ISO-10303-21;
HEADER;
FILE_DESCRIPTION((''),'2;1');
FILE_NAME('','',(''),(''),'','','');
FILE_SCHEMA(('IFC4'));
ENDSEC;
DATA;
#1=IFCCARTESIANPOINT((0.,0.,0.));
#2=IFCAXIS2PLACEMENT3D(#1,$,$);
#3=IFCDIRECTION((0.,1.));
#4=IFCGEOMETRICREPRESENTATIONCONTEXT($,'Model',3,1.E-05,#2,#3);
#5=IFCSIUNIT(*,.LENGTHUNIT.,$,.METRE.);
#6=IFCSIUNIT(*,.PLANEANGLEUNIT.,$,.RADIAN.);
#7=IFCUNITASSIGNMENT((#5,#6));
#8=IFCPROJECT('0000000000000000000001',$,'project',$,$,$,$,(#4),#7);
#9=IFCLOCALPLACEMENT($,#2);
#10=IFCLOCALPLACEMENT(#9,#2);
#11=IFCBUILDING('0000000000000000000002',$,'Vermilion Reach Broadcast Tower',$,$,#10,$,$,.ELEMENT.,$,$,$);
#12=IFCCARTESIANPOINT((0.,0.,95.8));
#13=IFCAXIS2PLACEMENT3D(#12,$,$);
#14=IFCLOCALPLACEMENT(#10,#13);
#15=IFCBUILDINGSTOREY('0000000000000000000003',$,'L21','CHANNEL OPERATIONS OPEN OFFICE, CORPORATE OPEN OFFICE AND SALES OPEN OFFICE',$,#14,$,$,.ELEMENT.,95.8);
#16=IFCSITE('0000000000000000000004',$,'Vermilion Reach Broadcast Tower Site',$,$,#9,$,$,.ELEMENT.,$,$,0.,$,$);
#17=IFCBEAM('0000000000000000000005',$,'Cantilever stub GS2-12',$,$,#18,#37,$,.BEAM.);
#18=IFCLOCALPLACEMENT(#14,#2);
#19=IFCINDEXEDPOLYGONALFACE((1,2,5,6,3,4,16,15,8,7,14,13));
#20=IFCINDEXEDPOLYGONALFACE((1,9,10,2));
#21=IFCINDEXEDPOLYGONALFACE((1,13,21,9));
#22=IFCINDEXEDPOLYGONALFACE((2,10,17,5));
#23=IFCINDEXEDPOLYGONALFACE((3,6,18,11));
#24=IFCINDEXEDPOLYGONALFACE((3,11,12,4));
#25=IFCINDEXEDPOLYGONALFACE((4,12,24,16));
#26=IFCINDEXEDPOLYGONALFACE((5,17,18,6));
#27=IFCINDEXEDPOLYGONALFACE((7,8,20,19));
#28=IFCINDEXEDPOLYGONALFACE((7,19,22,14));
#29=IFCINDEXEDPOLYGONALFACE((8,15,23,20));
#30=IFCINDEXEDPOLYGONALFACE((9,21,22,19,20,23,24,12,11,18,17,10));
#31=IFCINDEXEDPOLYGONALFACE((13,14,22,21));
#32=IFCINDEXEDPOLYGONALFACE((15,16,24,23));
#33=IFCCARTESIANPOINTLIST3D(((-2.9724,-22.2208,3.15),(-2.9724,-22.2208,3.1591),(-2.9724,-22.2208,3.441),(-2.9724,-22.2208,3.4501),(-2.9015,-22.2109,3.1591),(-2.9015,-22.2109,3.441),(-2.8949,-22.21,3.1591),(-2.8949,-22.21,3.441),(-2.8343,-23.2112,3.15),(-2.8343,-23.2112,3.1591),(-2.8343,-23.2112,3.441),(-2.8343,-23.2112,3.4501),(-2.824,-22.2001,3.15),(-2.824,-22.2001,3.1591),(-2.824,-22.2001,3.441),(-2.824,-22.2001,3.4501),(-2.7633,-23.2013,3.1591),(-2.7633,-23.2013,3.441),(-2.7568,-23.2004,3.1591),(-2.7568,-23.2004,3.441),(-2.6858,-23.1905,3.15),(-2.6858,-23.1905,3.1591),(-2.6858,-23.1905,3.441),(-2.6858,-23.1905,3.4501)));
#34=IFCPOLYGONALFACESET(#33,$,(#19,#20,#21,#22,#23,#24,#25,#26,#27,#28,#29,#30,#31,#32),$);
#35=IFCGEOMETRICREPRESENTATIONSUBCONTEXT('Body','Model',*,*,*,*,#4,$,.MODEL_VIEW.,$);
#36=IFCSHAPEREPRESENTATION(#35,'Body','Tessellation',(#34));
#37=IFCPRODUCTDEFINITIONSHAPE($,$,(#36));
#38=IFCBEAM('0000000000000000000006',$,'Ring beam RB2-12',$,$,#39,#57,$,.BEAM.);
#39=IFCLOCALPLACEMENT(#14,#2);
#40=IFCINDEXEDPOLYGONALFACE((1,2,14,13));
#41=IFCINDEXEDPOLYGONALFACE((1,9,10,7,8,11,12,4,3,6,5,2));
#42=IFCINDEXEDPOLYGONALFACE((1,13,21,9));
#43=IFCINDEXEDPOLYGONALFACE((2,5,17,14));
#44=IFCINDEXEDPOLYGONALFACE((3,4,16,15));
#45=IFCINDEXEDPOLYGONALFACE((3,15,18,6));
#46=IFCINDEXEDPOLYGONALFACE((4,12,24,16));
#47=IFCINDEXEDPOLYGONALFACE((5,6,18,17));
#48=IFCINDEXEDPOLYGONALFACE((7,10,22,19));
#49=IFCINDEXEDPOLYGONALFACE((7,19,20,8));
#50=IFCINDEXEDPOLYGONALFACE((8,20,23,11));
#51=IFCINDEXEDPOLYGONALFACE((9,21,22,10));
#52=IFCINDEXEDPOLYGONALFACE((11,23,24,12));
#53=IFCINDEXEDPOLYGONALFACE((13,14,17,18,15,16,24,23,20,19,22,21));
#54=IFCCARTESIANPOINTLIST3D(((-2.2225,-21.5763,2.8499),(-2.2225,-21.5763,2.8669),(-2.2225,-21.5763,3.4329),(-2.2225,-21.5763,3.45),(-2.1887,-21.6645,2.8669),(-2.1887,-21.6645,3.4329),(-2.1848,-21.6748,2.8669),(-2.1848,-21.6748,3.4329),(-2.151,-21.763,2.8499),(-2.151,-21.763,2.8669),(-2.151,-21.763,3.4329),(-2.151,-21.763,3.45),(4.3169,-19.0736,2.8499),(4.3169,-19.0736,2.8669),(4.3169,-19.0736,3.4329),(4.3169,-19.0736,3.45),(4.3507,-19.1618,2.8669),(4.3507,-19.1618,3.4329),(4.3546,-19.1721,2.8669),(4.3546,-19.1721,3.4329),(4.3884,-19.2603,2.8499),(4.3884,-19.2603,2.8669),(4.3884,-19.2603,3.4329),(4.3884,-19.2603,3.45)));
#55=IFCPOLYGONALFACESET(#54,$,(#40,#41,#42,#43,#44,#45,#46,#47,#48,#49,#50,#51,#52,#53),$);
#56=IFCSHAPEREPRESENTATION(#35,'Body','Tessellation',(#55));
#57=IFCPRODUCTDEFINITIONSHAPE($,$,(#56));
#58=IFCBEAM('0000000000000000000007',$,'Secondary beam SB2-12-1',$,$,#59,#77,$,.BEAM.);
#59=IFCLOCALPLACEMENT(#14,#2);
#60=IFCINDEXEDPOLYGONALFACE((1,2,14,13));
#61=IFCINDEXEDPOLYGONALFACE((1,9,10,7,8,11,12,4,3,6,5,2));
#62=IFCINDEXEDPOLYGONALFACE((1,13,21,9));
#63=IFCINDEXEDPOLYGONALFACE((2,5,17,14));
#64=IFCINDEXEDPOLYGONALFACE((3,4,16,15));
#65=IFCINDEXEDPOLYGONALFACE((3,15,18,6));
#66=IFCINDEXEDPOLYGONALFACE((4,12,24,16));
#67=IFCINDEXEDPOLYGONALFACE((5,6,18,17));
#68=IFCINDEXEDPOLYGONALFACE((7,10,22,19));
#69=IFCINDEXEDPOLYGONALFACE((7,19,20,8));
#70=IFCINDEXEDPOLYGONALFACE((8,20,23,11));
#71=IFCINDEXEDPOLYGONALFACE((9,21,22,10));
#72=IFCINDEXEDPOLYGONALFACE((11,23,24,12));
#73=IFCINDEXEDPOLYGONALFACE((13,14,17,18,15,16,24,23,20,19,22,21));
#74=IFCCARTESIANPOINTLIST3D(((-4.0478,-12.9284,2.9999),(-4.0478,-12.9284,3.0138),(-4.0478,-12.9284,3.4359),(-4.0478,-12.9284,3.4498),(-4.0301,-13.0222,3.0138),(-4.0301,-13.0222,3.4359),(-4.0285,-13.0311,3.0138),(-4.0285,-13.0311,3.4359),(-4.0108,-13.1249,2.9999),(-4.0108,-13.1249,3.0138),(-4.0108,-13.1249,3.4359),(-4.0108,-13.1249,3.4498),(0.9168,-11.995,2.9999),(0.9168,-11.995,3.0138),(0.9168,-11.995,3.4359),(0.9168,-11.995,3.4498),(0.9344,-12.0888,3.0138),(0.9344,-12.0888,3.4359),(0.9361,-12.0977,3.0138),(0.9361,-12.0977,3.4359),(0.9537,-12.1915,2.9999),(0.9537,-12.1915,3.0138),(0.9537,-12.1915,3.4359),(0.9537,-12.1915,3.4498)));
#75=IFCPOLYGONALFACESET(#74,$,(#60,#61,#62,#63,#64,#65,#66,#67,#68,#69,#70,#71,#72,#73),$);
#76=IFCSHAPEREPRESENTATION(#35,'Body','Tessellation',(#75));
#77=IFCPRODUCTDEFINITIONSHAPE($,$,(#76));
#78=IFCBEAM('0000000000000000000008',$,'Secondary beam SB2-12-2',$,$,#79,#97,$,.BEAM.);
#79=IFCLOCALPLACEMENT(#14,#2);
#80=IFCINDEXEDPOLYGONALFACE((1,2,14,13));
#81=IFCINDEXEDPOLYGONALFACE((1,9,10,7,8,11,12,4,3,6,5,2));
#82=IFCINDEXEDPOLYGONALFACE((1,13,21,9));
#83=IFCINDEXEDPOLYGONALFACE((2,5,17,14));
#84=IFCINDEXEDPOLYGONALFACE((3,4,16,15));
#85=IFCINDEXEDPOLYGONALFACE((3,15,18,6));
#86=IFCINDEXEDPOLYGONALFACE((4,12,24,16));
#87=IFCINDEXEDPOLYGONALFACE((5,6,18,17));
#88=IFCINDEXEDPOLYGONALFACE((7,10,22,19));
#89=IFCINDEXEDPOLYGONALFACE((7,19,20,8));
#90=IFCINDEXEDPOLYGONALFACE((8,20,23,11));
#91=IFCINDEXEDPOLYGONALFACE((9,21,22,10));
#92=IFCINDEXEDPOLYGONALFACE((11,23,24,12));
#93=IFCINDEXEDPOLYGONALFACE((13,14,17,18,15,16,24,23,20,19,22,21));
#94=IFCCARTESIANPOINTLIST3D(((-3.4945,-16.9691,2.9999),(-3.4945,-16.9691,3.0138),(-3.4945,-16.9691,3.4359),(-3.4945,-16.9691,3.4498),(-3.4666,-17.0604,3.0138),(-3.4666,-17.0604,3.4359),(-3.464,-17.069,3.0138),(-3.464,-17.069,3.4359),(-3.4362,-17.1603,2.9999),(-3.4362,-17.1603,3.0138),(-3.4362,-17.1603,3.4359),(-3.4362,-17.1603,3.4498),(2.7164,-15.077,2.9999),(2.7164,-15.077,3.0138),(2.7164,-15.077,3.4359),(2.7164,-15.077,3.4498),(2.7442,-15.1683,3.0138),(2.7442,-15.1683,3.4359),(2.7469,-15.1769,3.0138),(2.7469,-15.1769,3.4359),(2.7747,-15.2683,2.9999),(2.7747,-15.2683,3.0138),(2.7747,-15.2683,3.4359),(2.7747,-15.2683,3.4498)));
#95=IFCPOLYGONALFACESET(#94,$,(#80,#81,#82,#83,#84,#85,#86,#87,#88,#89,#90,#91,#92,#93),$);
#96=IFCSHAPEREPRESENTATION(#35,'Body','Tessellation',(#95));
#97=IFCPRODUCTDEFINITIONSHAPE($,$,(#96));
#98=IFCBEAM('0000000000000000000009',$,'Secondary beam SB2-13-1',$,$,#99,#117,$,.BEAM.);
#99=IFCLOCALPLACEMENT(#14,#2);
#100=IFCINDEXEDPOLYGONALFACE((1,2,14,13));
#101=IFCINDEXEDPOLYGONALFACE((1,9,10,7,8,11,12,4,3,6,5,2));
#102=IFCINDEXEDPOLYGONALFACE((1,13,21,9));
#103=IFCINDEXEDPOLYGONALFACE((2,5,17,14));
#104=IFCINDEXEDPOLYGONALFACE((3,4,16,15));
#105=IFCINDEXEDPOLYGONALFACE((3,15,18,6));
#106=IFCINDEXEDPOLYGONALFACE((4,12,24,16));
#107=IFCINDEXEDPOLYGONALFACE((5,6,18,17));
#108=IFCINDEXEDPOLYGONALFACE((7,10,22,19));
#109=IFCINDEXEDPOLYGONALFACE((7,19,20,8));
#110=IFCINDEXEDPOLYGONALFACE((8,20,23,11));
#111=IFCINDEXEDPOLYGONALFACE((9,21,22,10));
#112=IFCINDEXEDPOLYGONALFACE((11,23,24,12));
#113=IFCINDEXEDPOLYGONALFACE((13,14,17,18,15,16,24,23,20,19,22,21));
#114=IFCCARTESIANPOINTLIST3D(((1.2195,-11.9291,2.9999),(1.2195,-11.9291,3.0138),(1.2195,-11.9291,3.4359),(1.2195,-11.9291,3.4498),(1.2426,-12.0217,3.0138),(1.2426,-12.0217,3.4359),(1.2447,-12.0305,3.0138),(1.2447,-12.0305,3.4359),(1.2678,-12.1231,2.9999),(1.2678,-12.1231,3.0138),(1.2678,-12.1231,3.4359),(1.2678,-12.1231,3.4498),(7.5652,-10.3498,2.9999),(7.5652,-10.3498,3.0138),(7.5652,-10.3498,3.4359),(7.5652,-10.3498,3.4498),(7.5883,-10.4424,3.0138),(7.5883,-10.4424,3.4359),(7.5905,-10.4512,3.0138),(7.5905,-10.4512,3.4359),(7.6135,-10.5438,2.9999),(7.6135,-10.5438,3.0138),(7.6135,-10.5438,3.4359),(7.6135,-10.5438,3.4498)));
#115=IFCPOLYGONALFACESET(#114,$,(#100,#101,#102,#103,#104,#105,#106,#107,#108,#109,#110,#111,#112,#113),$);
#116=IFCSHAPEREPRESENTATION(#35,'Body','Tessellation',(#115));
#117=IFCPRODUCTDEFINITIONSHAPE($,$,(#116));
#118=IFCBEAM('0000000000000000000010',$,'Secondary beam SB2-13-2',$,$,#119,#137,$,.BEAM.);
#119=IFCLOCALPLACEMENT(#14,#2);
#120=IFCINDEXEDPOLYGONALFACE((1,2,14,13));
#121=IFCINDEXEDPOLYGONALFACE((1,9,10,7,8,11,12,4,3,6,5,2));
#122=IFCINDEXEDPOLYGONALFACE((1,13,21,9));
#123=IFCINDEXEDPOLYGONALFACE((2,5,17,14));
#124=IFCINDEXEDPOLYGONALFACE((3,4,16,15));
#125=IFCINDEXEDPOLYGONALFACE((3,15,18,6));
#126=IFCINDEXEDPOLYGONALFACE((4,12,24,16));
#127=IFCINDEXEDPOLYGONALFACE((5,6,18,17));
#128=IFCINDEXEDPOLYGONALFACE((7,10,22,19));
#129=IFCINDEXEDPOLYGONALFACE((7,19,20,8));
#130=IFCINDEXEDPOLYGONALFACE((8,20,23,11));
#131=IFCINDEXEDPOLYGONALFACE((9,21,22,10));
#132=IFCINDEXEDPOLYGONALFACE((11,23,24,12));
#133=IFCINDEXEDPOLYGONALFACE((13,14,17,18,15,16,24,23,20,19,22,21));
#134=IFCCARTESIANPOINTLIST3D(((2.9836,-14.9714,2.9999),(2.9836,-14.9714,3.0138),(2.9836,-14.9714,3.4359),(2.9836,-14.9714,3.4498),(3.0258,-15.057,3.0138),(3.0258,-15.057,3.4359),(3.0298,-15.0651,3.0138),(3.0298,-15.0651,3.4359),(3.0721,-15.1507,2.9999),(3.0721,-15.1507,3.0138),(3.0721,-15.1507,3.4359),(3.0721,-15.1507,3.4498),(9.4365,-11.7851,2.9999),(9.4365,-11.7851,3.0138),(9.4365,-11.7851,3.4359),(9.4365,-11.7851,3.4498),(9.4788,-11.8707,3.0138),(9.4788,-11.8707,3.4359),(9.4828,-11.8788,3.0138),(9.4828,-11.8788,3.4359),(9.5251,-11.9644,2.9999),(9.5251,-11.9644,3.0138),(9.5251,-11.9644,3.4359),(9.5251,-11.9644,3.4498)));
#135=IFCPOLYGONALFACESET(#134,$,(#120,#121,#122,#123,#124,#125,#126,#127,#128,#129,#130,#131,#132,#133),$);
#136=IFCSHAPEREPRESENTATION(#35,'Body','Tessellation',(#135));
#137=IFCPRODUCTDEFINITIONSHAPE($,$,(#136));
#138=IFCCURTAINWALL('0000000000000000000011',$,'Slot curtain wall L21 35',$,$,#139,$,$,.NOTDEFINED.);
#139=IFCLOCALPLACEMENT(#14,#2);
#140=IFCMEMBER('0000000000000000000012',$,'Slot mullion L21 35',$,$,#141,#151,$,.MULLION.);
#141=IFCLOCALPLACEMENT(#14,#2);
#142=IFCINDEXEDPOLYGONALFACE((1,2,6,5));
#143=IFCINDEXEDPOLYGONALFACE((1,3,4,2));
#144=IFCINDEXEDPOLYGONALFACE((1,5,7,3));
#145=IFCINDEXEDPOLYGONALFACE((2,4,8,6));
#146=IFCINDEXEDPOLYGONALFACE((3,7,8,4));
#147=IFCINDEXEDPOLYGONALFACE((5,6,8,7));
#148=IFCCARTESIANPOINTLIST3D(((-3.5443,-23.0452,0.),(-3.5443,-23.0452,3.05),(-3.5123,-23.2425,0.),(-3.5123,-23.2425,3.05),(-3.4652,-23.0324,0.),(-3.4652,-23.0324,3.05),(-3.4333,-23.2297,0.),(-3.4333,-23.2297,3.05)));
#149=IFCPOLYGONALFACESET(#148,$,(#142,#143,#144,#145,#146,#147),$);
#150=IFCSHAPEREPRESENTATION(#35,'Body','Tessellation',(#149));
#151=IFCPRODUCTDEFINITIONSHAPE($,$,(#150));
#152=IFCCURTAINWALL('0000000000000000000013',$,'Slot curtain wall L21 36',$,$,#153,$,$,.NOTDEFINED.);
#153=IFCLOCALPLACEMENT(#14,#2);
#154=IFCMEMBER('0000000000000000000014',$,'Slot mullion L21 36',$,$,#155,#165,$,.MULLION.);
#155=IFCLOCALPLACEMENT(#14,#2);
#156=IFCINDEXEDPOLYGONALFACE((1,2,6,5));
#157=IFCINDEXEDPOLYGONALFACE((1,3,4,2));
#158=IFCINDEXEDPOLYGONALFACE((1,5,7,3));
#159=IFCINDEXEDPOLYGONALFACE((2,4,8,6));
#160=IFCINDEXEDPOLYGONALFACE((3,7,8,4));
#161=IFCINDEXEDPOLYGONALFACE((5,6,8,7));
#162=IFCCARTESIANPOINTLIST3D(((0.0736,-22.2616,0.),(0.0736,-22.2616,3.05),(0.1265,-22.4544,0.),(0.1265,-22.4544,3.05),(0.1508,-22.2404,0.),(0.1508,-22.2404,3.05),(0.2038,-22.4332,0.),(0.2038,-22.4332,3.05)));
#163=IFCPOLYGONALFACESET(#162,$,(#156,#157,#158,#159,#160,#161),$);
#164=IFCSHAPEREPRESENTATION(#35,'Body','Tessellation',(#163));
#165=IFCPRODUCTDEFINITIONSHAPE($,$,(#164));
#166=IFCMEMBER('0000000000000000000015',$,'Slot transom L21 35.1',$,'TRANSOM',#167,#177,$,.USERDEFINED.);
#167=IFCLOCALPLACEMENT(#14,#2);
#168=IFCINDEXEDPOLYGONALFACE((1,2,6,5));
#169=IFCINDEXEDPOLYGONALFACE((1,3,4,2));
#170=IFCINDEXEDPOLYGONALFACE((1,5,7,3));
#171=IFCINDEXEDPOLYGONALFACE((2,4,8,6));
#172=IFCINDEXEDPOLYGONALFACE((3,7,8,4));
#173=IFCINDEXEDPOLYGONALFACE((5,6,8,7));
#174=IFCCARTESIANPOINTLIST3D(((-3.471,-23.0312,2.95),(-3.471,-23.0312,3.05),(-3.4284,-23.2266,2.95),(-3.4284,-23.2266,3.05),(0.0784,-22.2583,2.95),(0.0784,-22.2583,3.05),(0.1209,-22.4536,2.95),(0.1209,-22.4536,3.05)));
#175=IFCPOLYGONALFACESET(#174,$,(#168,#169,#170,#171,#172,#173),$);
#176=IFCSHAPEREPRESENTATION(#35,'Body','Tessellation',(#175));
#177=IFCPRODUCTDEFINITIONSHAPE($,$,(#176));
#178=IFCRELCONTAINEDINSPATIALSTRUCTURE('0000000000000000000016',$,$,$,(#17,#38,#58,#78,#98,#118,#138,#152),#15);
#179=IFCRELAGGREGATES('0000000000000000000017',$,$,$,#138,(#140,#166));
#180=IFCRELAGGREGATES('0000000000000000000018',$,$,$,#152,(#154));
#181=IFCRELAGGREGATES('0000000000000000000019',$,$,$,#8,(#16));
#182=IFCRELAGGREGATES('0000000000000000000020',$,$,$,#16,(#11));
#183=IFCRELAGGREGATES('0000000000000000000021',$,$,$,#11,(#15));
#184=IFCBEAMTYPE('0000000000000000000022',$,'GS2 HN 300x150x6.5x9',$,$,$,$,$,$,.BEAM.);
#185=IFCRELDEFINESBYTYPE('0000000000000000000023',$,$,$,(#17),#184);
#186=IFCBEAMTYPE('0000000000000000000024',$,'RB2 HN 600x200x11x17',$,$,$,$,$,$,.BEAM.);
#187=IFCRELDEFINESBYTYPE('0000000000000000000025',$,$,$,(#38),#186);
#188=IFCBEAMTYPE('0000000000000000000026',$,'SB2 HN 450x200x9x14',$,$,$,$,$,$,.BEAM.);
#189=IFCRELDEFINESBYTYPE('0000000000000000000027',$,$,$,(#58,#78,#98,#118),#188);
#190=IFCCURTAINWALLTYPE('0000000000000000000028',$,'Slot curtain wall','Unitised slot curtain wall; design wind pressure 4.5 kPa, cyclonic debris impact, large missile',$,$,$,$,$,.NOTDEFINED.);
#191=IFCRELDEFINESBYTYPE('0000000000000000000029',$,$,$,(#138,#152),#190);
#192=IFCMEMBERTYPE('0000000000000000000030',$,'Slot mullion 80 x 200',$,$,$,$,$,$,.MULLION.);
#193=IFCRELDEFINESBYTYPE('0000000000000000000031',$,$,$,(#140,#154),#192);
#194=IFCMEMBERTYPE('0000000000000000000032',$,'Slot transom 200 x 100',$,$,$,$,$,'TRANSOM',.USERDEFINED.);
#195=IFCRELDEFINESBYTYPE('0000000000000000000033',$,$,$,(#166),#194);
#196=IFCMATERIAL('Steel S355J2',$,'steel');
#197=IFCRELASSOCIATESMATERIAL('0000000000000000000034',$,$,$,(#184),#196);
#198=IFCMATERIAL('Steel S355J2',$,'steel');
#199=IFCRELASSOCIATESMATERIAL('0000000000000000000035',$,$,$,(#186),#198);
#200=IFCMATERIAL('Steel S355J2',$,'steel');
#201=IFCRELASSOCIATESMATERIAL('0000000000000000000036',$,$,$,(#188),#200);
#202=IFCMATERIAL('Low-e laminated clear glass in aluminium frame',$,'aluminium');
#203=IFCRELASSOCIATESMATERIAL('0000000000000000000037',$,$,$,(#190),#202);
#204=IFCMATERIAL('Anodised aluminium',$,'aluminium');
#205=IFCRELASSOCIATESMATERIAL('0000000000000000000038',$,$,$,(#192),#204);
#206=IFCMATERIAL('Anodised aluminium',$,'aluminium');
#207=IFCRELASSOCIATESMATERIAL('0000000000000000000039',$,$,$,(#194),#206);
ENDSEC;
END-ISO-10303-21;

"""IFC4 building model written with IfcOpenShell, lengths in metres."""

from ifc_helpers import new_model, si_unit, direction, frame, origin, origin_2d, place, context, subcontext, project, spatial, rectangle, i_section, extrude, material, material_profile, profile_set, type_object, element, aggregate, save


model = new_model("IFC4")

# Units and contexts
model_context = context("Model", 3, precision=1e-05, world=origin(), true_north=direction((0.0, 1.0)))
body_context = subcontext(model_context, "Body", "Model", "MODEL_VIEW")
ifc_project = project(units=[si_unit("LENGTHUNIT", "METRE"), si_unit("PLANEANGLEUNIT", "RADIAN")], contexts=[model_context])

# Site, building, storey
site_placement = place(None, origin())
site = spatial("IfcSite", under=ifc_project, at=site_placement, Name="Vermilion Reach Broadcast Tower Site", CompositionType="ELEMENT", RefElevation=0.0)
building_placement = place(site_placement, origin())
building = spatial("IfcBuilding", under=site, at=building_placement, Name="Vermilion Reach Broadcast Tower", CompositionType="ELEMENT")
storey_placement = place(building_placement, frame((0.0, 0.0, 95.8)))
storey = spatial("IfcBuildingStorey", under=building, at=storey_placement, Name="L21", Description="CHANNEL OPERATIONS OPEN OFFICE, CORPORATE OPEN OFFICE AND SALES OPEN OFFICE", CompositionType="ELEMENT", Elevation=95.8)

# Beams
ifc_material_1 = material(Name="Steel S355J2", Category="steel")
ifc_material_profile_1 = material_profile(ifc_material_1, i_section(OverallWidth=0.1499, OverallDepth=0.3, WebThickness=0.0066, FlangeThickness=0.009, at=origin_2d()), Name="S355J2 HN 300x150x6.5x9")
ifc_profile_set_1 = profile_set([ifc_material_profile_1], Name="Steel S355J2")
beam_type_1 = type_object("IfcBeamType", Name="GS2 HN 300x150x6.5x9", PredefinedType="BEAM", material=ifc_profile_set_1)
beam_1_placement = place(storey_placement, frame((-2.8982, -22.2104, 3.3), z_axis=(0.138174, -0.990408, 0.0), x_axis=(0.990408, 0.138174, 0.0)))
element("IfcBeam", 1, at=beam_1_placement, inside=storey, type_object=beam_type_1, Name="Cantilever stub GS2-12", PredefinedType="BEAM", context=body_context, shape_type="SweptSolid", body=[
    extrude(i_section(OverallWidth=0.1499, OverallDepth=0.3, WebThickness=0.0066, FlangeThickness=0.009, at=origin_2d()), origin(), (0.0, 0.0, 1.0), 1.0),
])
ifc_material_2 = material(Name="Steel S355J2", Category="steel")
ifc_material_profile_2 = material_profile(ifc_material_2, i_section(OverallWidth=0.2, OverallDepth=0.6001, WebThickness=0.011, FlangeThickness=0.0171, at=origin_2d()), Name="S355J2 HN 600x200x11x17")
ifc_profile_set_2 = profile_set([ifc_material_profile_2], Name="Steel S355J2")
beam_type_2 = type_object("IfcBeamType", Name="RB2 HN 600x200x11x17", PredefinedType="BEAM", material=ifc_profile_set_2)
beam_2_placement = place(storey_placement, frame((-2.1868, -21.6697, 3.1499), z_axis=(0.933939, 0.357432, 0.0), x_axis=(-0.357432, 0.933939, 0.0)))
element("IfcBeam", 2, at=beam_2_placement, inside=storey, type_object=beam_type_2, Name="Ring beam RB2-12", PredefinedType="BEAM", context=body_context, shape_type="SweptSolid", body=[
    extrude(i_section(OverallWidth=0.2, OverallDepth=0.6001, WebThickness=0.011, FlangeThickness=0.0171, at=origin_2d()), origin(), (0.0, 0.0, 1.0), 7.002),
])
ifc_material_3 = material(Name="Steel S355J2", Category="steel")
ifc_material_profile_3 = material_profile(ifc_material_3, i_section(OverallWidth=0.2, OverallDepth=0.45, WebThickness=0.009, FlangeThickness=0.0139, at=origin_2d()), Name="S355J2 HN 450x200x9x14")
ifc_profile_set_3 = profile_set([ifc_material_profile_3], Name="Steel S355J2")
beam_type_3 = type_object("IfcBeamType", Name="SB2 HN 450x200x9x14", PredefinedType="BEAM", material=ifc_profile_set_3)
beam_3_placement = place(storey_placement, frame((-4.0293, -13.0266, 3.2249), z_axis=(0.982783, 0.184764, 0.0), x_axis=(-0.184764, 0.982783, 0.0)))
element("IfcBeam", 3, at=beam_3_placement, inside=storey, type_object=beam_type_3, Name="Secondary beam SB2-12-1", PredefinedType="BEAM", context=body_context, shape_type="SweptSolid", body=[
    extrude(i_section(OverallWidth=0.2, OverallDepth=0.45, WebThickness=0.009, FlangeThickness=0.0139, at=origin_2d()), origin(), (0.0, 0.0, 1.0), 5.0515),
])
beam_4_placement = place(storey_placement, frame((-3.4653, -17.0647, 3.2249), z_axis=(0.956596, 0.291416, 0.0), x_axis=(-0.291416, 0.956596, 0.0)))
element("IfcBeam", 4, at=beam_4_placement, inside=storey, type_object=beam_type_3, Name="Secondary beam SB2-12-2", PredefinedType="BEAM", context=body_context, shape_type="SweptSolid", body=[
    extrude(i_section(OverallWidth=0.2, OverallDepth=0.45, WebThickness=0.009, FlangeThickness=0.0139, at=origin_2d()), origin(), (0.0, 0.0, 1.0), 6.4927),
])
beam_5_placement = place(storey_placement, frame((1.2437, -12.0261, 3.2249), z_axis=(0.970397, 0.241516, 0.0), x_axis=(-0.241516, 0.970397, 0.0)))
element("IfcBeam", 5, at=beam_5_placement, inside=storey, type_object=beam_type_3, Name="Secondary beam SB2-13-1", PredefinedType="BEAM", context=body_context, shape_type="SweptSolid", body=[
    extrude(i_section(OverallWidth=0.2, OverallDepth=0.45, WebThickness=0.009, FlangeThickness=0.0139, at=origin_2d()), origin(), (0.0, 0.0, 1.0), 6.5393),
])
beam_6_placement = place(storey_placement, frame((3.0278, -15.061, 3.2249), z_axis=(0.896648, 0.442744, 0.0), x_axis=(-0.442744, 0.896648, 0.0)))
element("IfcBeam", 6, at=beam_6_placement, inside=storey, type_object=beam_type_3, Name="Secondary beam SB2-13-2", PredefinedType="BEAM", context=body_context, shape_type="SweptSolid", body=[
    extrude(i_section(OverallWidth=0.2, OverallDepth=0.45, WebThickness=0.009, FlangeThickness=0.0139, at=origin_2d()), origin(), (0.0, 0.0, 1.0), 7.1968),
])

# Curtain walls, members
ifc_material_4 = material(Name="Low-e laminated clear glass in aluminium frame", Category="aluminium")
curtain_wall_type = type_object("IfcCurtainWallType", Name="Slot curtain wall", Description="Unitised slot curtain wall; design wind pressure 4.5 kPa, cyclonic debris impact, large missile", PredefinedType="NOTDEFINED", material=ifc_material_4)
placement = place(storey_placement, origin())
curtain_wall_1 = element("IfcCurtainWall", 7, at=placement, inside=storey, type_object=curtain_wall_type, Name="Slot curtain wall L21 35", PredefinedType="NOTDEFINED")
ifc_material_5 = material(Name="Anodised aluminium", Category="aluminium")
ifc_material_profile_4 = material_profile(ifc_material_5, rectangle(XDim=0.2, YDim=0.0801, at=origin_2d()), Name="Slot mullion 80 x 200")
ifc_profile_set_4 = profile_set([ifc_material_profile_4], Name="Anodised aluminium")
member_type_1 = type_object("IfcMemberType", Name="Slot mullion 80 x 200", PredefinedType="MULLION", material=ifc_profile_set_4)
member_1_placement = place(storey_placement, frame((-3.4888, -23.1375, 0.0), z_axis=(0.0, 0.0, 1.0), x_axis=(-0.159779, 0.987153, 0.0)))
member_1 = element("IfcMember", 8, at=member_1_placement, type_object=member_type_1, Name="Slot mullion L21 35", PredefinedType="MULLION", context=body_context, shape_type="SweptSolid", body=[
    extrude(rectangle(XDim=0.2, YDim=0.0801, at=origin_2d()), origin(), (0.0, 0.0, 1.0), 3.05),
])
curtain_wall_2 = element("IfcCurtainWall", 9, at=placement, inside=storey, type_object=curtain_wall_type, Name="Slot curtain wall L21 36", PredefinedType="NOTDEFINED")
member_2_placement = place(storey_placement, frame((0.1387, -22.3474, 0.0), z_axis=(0.0, 0.0, 1.0), x_axis=(-0.264883, 0.964281, 0.0)))
member_2 = element("IfcMember", 10, at=member_2_placement, type_object=member_type_1, Name="Slot mullion L21 36", PredefinedType="MULLION", context=body_context, shape_type="SweptSolid", body=[
    extrude(rectangle(XDim=0.2, YDim=0.0801, at=origin_2d()), origin(), (0.0, 0.0, 1.0), 3.05),
])

# Member
ifc_material_6 = material(Name="Anodised aluminium", Category="aluminium")
ifc_material_profile_5 = material_profile(ifc_material_6, rectangle(XDim=0.2, YDim=0.1001, at=origin_2d()), Name="Slot transom 200 x 100")
ifc_profile_set_5 = profile_set([ifc_material_profile_5], Name="Anodised aluminium")
member_type_2 = type_object("IfcMemberType", Name="Slot transom 200 x 100", ElementType="TRANSOM", PredefinedType="USERDEFINED", material=ifc_profile_set_5)
member_3_placement = place(storey_placement, frame((-3.4497, -23.1289, 3.0), z_axis=(0.977099, 0.212787, 0.0), x_axis=(-0.212787, 0.977099, 0.0)))
member_3 = element("IfcMember", 11, at=member_3_placement, type_object=member_type_2, Name="Slot transom L21 35.1", ObjectType="TRANSOM", PredefinedType="USERDEFINED", context=body_context, shape_type="SweptSolid", body=[
    extrude(rectangle(XDim=0.2, YDim=0.1001, at=origin_2d()), origin(), (0.0, 0.0, 1.0), 3.6326),
])

aggregate(curtain_wall_1, [member_1, member_3])
aggregate(curtain_wall_2, [member_2])

save(model, "model.ifc")
